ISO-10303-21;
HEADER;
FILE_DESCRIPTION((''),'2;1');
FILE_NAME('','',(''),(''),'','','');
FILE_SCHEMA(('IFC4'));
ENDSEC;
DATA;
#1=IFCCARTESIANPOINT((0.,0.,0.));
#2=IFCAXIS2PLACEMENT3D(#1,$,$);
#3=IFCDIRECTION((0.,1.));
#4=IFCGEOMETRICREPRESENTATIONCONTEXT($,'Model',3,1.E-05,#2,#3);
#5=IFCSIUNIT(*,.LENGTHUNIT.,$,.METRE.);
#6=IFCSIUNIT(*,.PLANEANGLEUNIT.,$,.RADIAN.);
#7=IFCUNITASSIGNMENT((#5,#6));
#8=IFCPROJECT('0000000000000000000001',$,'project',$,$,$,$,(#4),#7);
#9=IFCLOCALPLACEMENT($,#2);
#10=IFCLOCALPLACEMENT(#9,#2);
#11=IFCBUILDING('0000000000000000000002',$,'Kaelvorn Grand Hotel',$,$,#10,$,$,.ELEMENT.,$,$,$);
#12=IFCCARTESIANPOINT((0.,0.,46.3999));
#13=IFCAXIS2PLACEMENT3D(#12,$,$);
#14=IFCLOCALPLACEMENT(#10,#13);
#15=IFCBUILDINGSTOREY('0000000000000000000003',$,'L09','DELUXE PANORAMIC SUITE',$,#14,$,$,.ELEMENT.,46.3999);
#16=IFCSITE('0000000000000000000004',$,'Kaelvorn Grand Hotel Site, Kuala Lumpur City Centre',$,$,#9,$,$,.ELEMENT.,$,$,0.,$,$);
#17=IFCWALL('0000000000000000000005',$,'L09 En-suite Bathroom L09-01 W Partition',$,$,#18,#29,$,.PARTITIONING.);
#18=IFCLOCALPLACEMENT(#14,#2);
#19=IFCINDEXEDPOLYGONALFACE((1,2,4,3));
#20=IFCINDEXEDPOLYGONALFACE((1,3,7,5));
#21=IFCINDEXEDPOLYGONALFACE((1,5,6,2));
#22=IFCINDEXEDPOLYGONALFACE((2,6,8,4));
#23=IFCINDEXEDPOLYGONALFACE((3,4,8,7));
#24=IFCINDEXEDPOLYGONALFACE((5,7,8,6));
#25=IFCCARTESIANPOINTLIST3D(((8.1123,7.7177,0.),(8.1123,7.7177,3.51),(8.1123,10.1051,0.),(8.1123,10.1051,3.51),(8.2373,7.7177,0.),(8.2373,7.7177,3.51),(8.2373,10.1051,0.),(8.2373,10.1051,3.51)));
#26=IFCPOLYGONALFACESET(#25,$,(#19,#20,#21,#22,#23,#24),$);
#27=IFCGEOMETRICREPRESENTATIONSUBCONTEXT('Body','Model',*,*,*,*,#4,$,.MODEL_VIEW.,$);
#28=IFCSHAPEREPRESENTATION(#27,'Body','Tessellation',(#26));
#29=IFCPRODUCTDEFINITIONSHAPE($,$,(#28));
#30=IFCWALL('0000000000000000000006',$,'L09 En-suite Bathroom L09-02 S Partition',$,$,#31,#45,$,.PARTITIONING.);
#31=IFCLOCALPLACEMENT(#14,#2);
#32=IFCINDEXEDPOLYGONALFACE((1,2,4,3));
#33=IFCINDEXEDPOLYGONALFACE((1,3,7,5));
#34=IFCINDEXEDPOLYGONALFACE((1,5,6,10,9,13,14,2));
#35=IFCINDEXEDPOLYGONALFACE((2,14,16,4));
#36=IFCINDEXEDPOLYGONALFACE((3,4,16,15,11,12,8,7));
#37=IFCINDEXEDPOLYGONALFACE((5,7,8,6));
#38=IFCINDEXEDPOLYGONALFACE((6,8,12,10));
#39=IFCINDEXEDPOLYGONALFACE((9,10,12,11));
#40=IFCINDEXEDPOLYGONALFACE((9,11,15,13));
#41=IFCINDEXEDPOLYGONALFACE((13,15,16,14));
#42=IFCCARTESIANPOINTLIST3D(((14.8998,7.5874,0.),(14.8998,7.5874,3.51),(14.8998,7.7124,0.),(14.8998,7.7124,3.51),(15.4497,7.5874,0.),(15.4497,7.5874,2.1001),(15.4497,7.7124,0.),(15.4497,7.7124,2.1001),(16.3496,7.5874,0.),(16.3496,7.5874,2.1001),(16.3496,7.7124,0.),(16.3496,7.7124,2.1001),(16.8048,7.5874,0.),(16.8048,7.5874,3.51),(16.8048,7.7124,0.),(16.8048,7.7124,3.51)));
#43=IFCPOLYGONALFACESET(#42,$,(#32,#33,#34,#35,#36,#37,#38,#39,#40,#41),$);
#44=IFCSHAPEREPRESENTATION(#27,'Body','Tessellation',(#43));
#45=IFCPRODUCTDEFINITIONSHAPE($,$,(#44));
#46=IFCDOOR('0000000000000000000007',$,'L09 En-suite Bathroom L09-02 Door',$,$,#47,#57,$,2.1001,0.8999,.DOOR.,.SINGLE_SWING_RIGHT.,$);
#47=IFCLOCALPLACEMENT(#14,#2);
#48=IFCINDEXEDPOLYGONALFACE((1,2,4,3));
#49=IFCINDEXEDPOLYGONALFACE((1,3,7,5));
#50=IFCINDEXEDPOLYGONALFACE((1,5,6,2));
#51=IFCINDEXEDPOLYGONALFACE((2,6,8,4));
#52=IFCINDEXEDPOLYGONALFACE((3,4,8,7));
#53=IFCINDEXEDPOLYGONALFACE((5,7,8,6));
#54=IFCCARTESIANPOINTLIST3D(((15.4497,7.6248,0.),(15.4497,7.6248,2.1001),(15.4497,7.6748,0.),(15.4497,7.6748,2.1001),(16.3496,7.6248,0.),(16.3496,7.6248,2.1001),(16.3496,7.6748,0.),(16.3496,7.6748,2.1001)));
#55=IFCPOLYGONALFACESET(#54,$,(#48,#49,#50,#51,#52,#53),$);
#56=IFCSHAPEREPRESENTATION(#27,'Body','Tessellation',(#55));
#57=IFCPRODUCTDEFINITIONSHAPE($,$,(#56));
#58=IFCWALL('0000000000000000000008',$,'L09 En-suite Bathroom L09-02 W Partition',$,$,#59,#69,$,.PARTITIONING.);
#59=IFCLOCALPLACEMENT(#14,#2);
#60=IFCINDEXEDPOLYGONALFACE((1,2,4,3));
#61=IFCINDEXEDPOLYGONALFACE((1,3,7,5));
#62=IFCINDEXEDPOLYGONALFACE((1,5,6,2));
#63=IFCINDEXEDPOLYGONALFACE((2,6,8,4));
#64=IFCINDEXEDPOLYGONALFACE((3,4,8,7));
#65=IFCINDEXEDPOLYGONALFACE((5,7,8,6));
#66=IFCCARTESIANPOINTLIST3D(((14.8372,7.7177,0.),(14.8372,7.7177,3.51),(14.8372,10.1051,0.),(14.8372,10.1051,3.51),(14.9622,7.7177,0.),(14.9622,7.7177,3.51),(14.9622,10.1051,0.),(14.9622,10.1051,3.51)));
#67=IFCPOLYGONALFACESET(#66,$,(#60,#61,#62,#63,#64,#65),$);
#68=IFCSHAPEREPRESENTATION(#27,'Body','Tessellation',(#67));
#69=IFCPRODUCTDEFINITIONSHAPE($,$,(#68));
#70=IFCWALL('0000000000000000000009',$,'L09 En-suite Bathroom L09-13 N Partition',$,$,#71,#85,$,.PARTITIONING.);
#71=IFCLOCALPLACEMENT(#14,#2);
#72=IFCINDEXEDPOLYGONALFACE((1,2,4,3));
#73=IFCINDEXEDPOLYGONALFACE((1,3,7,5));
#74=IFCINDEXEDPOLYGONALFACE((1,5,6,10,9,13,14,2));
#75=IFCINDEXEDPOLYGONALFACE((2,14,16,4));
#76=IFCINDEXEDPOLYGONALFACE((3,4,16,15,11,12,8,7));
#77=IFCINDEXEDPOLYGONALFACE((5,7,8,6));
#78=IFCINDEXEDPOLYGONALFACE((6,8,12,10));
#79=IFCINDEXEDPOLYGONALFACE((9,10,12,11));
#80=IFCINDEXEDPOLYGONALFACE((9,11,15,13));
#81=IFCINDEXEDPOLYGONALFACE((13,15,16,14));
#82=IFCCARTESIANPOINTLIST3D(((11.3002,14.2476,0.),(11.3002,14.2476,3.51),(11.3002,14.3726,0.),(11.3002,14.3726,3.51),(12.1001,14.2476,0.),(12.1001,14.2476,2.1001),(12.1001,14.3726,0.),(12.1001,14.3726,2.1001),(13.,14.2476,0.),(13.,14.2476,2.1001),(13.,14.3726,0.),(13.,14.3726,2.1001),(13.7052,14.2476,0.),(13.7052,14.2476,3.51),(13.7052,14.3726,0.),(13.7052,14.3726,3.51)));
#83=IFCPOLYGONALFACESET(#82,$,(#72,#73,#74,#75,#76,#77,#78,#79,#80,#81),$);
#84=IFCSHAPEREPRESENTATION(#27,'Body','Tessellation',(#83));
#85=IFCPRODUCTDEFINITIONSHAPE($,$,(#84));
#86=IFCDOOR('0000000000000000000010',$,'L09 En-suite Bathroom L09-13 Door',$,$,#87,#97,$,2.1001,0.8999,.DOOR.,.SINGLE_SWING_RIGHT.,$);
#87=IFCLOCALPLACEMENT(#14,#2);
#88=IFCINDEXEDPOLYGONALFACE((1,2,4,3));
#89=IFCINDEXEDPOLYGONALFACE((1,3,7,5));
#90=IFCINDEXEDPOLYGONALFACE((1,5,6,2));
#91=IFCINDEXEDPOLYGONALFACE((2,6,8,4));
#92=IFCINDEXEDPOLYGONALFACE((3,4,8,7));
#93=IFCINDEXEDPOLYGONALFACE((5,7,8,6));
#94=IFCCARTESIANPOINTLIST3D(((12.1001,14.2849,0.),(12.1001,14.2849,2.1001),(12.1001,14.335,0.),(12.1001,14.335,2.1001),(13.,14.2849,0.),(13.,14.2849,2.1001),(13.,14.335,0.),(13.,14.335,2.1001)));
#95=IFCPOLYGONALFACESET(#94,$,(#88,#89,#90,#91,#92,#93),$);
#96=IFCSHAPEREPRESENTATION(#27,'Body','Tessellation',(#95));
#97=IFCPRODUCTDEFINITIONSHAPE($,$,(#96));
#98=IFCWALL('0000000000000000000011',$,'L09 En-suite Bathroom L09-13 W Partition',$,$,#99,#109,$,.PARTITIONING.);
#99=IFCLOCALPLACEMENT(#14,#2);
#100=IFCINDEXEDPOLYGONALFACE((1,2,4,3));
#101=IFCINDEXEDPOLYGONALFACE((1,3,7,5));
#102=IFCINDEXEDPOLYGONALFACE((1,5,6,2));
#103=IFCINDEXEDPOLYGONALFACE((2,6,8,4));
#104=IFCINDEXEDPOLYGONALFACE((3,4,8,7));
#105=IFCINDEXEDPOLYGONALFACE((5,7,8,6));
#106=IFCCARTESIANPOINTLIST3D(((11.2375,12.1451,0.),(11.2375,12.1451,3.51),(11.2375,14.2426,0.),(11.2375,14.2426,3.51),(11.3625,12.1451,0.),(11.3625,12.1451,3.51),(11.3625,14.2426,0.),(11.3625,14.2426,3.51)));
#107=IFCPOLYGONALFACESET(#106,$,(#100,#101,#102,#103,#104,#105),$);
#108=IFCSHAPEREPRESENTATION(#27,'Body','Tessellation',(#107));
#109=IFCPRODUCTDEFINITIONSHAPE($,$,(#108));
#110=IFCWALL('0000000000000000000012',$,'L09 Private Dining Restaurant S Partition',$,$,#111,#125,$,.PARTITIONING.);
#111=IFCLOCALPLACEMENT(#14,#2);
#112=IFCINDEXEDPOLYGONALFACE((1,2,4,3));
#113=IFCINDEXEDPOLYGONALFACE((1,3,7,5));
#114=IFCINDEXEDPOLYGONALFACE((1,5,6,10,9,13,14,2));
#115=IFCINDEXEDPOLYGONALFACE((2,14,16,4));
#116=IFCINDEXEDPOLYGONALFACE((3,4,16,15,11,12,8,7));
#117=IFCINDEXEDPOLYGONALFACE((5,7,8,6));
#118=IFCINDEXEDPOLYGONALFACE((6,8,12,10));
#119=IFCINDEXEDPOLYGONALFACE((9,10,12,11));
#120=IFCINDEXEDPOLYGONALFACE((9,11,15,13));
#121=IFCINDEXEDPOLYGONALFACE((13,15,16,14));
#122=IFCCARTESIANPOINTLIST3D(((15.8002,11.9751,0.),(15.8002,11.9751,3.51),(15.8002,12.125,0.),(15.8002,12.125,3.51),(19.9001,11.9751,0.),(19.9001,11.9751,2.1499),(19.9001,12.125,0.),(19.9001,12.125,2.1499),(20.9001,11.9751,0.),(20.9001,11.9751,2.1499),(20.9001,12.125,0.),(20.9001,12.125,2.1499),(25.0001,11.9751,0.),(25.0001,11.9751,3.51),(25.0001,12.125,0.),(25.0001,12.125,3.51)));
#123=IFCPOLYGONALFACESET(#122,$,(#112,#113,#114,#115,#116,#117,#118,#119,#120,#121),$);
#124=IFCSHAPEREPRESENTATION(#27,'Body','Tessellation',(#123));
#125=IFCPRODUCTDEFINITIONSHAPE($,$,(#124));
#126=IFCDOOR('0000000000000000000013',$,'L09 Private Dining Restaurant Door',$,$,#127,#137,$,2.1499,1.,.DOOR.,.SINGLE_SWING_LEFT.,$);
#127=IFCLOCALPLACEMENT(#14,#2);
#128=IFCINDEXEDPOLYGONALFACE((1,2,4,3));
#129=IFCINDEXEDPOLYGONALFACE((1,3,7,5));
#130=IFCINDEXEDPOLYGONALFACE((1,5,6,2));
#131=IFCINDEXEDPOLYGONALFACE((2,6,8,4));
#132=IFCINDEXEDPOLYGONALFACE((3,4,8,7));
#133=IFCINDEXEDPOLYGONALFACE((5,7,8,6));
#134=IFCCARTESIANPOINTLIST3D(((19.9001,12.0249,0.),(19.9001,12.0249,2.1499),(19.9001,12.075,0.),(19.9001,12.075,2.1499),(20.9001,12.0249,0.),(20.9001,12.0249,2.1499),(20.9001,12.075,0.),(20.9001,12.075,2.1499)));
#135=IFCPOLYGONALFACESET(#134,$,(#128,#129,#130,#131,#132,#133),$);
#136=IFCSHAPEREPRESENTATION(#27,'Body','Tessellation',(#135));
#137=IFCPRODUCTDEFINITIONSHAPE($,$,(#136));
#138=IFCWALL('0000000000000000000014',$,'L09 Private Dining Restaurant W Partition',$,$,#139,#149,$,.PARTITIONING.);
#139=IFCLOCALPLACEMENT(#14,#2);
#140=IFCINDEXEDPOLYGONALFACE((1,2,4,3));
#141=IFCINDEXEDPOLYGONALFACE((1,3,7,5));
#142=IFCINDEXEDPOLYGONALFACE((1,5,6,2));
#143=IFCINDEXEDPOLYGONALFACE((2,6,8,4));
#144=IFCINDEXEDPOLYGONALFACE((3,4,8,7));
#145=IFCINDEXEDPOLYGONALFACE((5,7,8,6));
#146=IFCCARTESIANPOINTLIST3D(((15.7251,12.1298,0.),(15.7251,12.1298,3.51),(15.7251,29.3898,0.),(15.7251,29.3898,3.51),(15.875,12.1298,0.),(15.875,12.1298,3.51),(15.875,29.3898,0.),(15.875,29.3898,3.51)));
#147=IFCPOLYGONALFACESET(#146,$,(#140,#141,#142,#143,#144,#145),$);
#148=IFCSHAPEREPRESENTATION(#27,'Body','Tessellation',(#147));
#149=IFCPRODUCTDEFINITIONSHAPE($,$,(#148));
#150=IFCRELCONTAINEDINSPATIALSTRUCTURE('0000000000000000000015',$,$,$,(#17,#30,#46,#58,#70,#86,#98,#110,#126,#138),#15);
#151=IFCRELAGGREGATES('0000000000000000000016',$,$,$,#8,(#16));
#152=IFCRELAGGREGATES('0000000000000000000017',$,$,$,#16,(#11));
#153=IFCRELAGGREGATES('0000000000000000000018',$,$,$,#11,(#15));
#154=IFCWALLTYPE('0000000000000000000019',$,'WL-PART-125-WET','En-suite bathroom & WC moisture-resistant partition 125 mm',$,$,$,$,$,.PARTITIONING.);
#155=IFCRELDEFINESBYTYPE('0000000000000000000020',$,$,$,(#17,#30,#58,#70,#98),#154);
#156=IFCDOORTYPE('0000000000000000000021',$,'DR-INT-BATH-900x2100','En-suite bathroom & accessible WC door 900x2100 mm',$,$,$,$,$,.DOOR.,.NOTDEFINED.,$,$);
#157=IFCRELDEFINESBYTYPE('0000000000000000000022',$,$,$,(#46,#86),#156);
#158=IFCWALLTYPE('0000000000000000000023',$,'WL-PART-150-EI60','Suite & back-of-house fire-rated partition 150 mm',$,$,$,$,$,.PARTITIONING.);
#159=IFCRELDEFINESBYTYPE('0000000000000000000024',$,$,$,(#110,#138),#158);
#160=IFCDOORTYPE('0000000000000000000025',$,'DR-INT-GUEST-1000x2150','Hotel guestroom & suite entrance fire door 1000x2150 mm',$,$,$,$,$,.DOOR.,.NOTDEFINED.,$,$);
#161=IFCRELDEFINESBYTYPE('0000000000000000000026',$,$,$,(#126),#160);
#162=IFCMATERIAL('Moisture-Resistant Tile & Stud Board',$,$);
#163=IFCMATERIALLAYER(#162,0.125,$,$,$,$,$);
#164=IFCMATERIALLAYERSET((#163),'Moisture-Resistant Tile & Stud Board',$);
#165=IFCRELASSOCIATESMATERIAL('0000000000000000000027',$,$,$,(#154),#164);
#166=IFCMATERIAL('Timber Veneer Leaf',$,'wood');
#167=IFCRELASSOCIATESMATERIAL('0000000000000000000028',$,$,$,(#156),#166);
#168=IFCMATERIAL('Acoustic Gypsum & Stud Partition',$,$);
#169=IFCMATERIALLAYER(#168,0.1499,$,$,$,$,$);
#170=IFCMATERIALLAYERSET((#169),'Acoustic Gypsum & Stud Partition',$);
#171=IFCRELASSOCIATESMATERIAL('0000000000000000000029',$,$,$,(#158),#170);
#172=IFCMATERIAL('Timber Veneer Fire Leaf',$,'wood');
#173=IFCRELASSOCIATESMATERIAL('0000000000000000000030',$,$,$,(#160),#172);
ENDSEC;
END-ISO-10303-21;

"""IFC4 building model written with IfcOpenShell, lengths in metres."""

from ifc_helpers import new_model, si_unit, direction, frame, frame_2d, origin, place, context, subcontext, project, spatial, rectangle, extrude, material, layer, layer_set, type_object, element, fill, save


model = new_model("IFC4")

# Units and contexts
model_context = context("Model", 3, precision=1e-05, world=origin(), true_north=direction((0.0, 1.0)))
body_context = subcontext(model_context, "Body", "Model", "MODEL_VIEW")
ifc_project = project(units=[si_unit("LENGTHUNIT", "METRE"), si_unit("PLANEANGLEUNIT", "RADIAN")], contexts=[model_context])

# Site, building, storey
site_placement = place(None, origin())
site = spatial("IfcSite", under=ifc_project, at=site_placement, Name="Kaelvorn Grand Hotel Site, Kuala Lumpur City Centre", CompositionType="ELEMENT", RefElevation=0.0)
building_placement = place(site_placement, origin())
building = spatial("IfcBuilding", under=site, at=building_placement, Name="Kaelvorn Grand Hotel", CompositionType="ELEMENT")
storey_placement = place(building_placement, frame((0.0, 0.0, 46.3999)))
storey = spatial("IfcBuildingStorey", under=building, at=storey_placement, Name="L09", Description="DELUXE PANORAMIC SUITE", CompositionType="ELEMENT", Elevation=46.3999)

# Wall
ifc_material_1 = material(Name="Moisture-Resistant Tile & Stud Board")
ifc_layer_1 = layer(ifc_material_1, 0.125)
ifc_layer_set_1 = layer_set([ifc_layer_1], Name="Moisture-Resistant Tile & Stud Board")
wall_type_1 = type_object("IfcWallType", Name="WL-PART-125-WET", Description="En-suite bathroom & WC moisture-resistant partition 125 mm", PredefinedType="PARTITIONING", material=ifc_layer_set_1)
wall_1_placement = place(storey_placement, frame((8.1748, 7.7175, 0.0), z_axis=(0.0, 0.0, 1.0), x_axis=(0.0, 1.0, 0.0)))
element("IfcWall", 1, at=wall_1_placement, inside=storey, type_object=wall_type_1, Name="L09 En-suite Bathroom L09-01 W Partition", PredefinedType="PARTITIONING", context=body_context, shape_type="SweptSolid", body=[
    extrude(rectangle(XDim=2.3875, YDim=0.125, at=frame_2d((1.1938, 0.0))), origin(), (0.0, 0.0, 1.0), 3.51),
])

# Wall, opening, door
wall_2_placement = place(storey_placement, frame((14.8997, 7.6499, 0.0), z_axis=(0.0, 0.0, 1.0), x_axis=(1.0, 0.0, 0.0)))
wall_2 = element("IfcWall", 2, at=wall_2_placement, inside=storey, type_object=wall_type_1, Name="L09 En-suite Bathroom L09-02 S Partition", PredefinedType="PARTITIONING", context=body_context, shape_type="SweptSolid", body=[
    extrude(rectangle(XDim=1.905, YDim=0.125, at=frame_2d((0.9526, 0.0))), origin(), (0.0, 0.0, 1.0), 3.51),
])
opening_1_placement = place(wall_2_placement, frame((0.55, 0.0, 0.0)))
opening_1 = element("IfcOpeningElement", 3, at=opening_1_placement, cuts=wall_2, PredefinedType="OPENING", context=body_context, shape_type="SweptSolid", body=[
    extrude(rectangle(XDim=0.8999, YDim=2.1001, at=frame_2d((0.45, 1.05))), frame((0.0, 0.0725, 0.0), z_axis=(0.0, -1.0, 0.0), x_axis=(1.0, 0.0, 0.0)), (0.0, 0.0, 1.0), 0.145),
])
ifc_material_2 = material(Name="Timber Veneer Leaf", Category="wood")
door_type_1 = type_object("IfcDoorType", Name="DR-INT-BATH-900x2100", Description="En-suite bathroom & accessible WC door 900x2100 mm", OperationType="NOTDEFINED", PredefinedType="DOOR", material=ifc_material_2)
door_1_placement = place(opening_1_placement, origin())
door_1 = element("IfcDoor", 4, at=door_1_placement, inside=storey, type_object=door_type_1, Name="L09 En-suite Bathroom L09-02 Door", OperationType="SINGLE_SWING_RIGHT", OverallHeight=2.1001, OverallWidth=0.8999, PredefinedType="DOOR", context=body_context, shape_type="SweptSolid", body=[
    extrude(rectangle(XDim=0.8999, YDim=2.1001, at=frame_2d((0.45, 1.05))), frame((0.0, 0.0249, 0.0), z_axis=(0.0, -1.0, 0.0), x_axis=(1.0, 0.0, 0.0)), (0.0, 0.0, 1.0), 0.05),
])
fill(opening_1, door_1)

# Wall
wall_3_placement = place(storey_placement, frame((14.8997, 7.7175, 0.0), z_axis=(0.0, 0.0, 1.0), x_axis=(0.0, 1.0, 0.0)))
element("IfcWall", 5, at=wall_3_placement, inside=storey, type_object=wall_type_1, Name="L09 En-suite Bathroom L09-02 W Partition", PredefinedType="PARTITIONING", context=body_context, shape_type="SweptSolid", body=[
    extrude(rectangle(XDim=2.3875, YDim=0.125, at=frame_2d((1.1938, 0.0))), origin(), (0.0, 0.0, 1.0), 3.51),
])

# Wall, opening, door
wall_4_placement = place(storey_placement, frame((11.3, 14.3101, 0.0), z_axis=(0.0, 0.0, 1.0), x_axis=(1.0, 0.0, 0.0)))
wall_4 = element("IfcWall", 6, at=wall_4_placement, inside=storey, type_object=wall_type_1, Name="L09 En-suite Bathroom L09-13 N Partition", PredefinedType="PARTITIONING", context=body_context, shape_type="SweptSolid", body=[
    extrude(rectangle(XDim=2.405, YDim=0.125, at=frame_2d((1.2026, 0.0))), origin(), (0.0, 0.0, 1.0), 3.51),
])
opening_2_placement = place(wall_4_placement, frame((0.8, 0.0, 0.0)))
opening_2 = element("IfcOpeningElement", 7, at=opening_2_placement, cuts=wall_4, PredefinedType="OPENING", context=body_context, shape_type="SweptSolid", body=[
    extrude(rectangle(XDim=0.8999, YDim=2.1001, at=frame_2d((0.45, 1.05))), frame((0.0, 0.0725, 0.0), z_axis=(0.0, -1.0, 0.0), x_axis=(1.0, 0.0, 0.0)), (0.0, 0.0, 1.0), 0.145),
])
door_2_placement = place(opening_2_placement, origin())
door_2 = element("IfcDoor", 8, at=door_2_placement, inside=storey, type_object=door_type_1, Name="L09 En-suite Bathroom L09-13 Door", OperationType="SINGLE_SWING_RIGHT", OverallHeight=2.1001, OverallWidth=0.8999, PredefinedType="DOOR", context=body_context, shape_type="SweptSolid", body=[
    extrude(rectangle(XDim=0.8999, YDim=2.1001, at=frame_2d((0.45, 1.05))), frame((0.0, 0.0249, 0.0), z_axis=(0.0, -1.0, 0.0), x_axis=(1.0, 0.0, 0.0)), (0.0, 0.0, 1.0), 0.05),
])
fill(opening_2, door_2)

# Wall
wall_5_placement = place(storey_placement, frame((11.3, 12.145, 0.0), z_axis=(0.0, 0.0, 1.0), x_axis=(0.0, 1.0, 0.0)))
element("IfcWall", 9, at=wall_5_placement, inside=storey, type_object=wall_type_1, Name="L09 En-suite Bathroom L09-13 W Partition", PredefinedType="PARTITIONING", context=body_context, shape_type="SweptSolid", body=[
    extrude(rectangle(XDim=2.0974, YDim=0.125, at=frame_2d((1.0488, 0.0))), origin(), (0.0, 0.0, 1.0), 3.51),
])

# Wall, opening, door
ifc_material_3 = material(Name="Acoustic Gypsum & Stud Partition")
ifc_layer_2 = layer(ifc_material_3, 0.1499)
ifc_layer_set_2 = layer_set([ifc_layer_2], Name="Acoustic Gypsum & Stud Partition")
wall_type_2 = type_object("IfcWallType", Name="WL-PART-150-EI60", Description="Suite & back-of-house fire-rated partition 150 mm", PredefinedType="PARTITIONING", material=ifc_layer_set_2)
wall_6_placement = place(storey_placement, frame((15.8, 12.05, 0.0), z_axis=(0.0, 0.0, 1.0), x_axis=(1.0, 0.0, 0.0)))
wall_6 = element("IfcWall", 10, at=wall_6_placement, inside=storey, type_object=wall_type_2, Name="L09 Private Dining Restaurant S Partition", PredefinedType="PARTITIONING", context=body_context, shape_type="SweptSolid", body=[
    extrude(rectangle(XDim=9.2, YDim=0.1499, at=frame_2d((4.6001, 0.0))), origin(), (0.0, 0.0, 1.0), 3.51),
])
opening_3_placement = place(wall_6_placement, frame((4.1001, 0.0, 0.0)))
opening_3 = element("IfcOpeningElement", 11, at=opening_3_placement, cuts=wall_6, PredefinedType="OPENING", context=body_context, shape_type="SweptSolid", body=[
    extrude(rectangle(XDim=1.0, YDim=2.1499, at=frame_2d((0.5, 1.075))), frame((0.0, 0.085, 0.0), z_axis=(0.0, -1.0, 0.0), x_axis=(1.0, 0.0, 0.0)), (0.0, 0.0, 1.0), 0.1699),
])
ifc_material_4 = material(Name="Timber Veneer Fire Leaf", Category="wood")
door_type_2 = type_object("IfcDoorType", Name="DR-INT-GUEST-1000x2150", Description="Hotel guestroom & suite entrance fire door 1000x2150 mm", OperationType="NOTDEFINED", PredefinedType="DOOR", material=ifc_material_4)
door_3_placement = place(opening_3_placement, origin())
door_3 = element("IfcDoor", 12, at=door_3_placement, inside=storey, type_object=door_type_2, Name="L09 Private Dining Restaurant Door", OperationType="SINGLE_SWING_LEFT", OverallHeight=2.1499, OverallWidth=1.0, PredefinedType="DOOR", context=body_context, shape_type="SweptSolid", body=[
    extrude(rectangle(XDim=1.0, YDim=2.1499, at=frame_2d((0.5, 1.075))), frame((0.0, 0.0249, 0.0), z_axis=(0.0, -1.0, 0.0), x_axis=(1.0, 0.0, 0.0)), (0.0, 0.0, 1.0), 0.05),
])
fill(opening_3, door_3)

# Wall
wall_7_placement = place(storey_placement, frame((15.8, 12.1299, 0.0), z_axis=(0.0, 0.0, 1.0), x_axis=(0.0, 1.0, 0.0)))
element("IfcWall", 13, at=wall_7_placement, inside=storey, type_object=wall_type_2, Name="L09 Private Dining Restaurant W Partition", PredefinedType="PARTITIONING", context=body_context, shape_type="SweptSolid", body=[
    extrude(rectangle(XDim=17.26, YDim=0.1499, at=frame_2d((8.6299, 0.0))), origin(), (0.0, 0.0, 1.0), 3.51),
])

save(model, "model.ifc")
